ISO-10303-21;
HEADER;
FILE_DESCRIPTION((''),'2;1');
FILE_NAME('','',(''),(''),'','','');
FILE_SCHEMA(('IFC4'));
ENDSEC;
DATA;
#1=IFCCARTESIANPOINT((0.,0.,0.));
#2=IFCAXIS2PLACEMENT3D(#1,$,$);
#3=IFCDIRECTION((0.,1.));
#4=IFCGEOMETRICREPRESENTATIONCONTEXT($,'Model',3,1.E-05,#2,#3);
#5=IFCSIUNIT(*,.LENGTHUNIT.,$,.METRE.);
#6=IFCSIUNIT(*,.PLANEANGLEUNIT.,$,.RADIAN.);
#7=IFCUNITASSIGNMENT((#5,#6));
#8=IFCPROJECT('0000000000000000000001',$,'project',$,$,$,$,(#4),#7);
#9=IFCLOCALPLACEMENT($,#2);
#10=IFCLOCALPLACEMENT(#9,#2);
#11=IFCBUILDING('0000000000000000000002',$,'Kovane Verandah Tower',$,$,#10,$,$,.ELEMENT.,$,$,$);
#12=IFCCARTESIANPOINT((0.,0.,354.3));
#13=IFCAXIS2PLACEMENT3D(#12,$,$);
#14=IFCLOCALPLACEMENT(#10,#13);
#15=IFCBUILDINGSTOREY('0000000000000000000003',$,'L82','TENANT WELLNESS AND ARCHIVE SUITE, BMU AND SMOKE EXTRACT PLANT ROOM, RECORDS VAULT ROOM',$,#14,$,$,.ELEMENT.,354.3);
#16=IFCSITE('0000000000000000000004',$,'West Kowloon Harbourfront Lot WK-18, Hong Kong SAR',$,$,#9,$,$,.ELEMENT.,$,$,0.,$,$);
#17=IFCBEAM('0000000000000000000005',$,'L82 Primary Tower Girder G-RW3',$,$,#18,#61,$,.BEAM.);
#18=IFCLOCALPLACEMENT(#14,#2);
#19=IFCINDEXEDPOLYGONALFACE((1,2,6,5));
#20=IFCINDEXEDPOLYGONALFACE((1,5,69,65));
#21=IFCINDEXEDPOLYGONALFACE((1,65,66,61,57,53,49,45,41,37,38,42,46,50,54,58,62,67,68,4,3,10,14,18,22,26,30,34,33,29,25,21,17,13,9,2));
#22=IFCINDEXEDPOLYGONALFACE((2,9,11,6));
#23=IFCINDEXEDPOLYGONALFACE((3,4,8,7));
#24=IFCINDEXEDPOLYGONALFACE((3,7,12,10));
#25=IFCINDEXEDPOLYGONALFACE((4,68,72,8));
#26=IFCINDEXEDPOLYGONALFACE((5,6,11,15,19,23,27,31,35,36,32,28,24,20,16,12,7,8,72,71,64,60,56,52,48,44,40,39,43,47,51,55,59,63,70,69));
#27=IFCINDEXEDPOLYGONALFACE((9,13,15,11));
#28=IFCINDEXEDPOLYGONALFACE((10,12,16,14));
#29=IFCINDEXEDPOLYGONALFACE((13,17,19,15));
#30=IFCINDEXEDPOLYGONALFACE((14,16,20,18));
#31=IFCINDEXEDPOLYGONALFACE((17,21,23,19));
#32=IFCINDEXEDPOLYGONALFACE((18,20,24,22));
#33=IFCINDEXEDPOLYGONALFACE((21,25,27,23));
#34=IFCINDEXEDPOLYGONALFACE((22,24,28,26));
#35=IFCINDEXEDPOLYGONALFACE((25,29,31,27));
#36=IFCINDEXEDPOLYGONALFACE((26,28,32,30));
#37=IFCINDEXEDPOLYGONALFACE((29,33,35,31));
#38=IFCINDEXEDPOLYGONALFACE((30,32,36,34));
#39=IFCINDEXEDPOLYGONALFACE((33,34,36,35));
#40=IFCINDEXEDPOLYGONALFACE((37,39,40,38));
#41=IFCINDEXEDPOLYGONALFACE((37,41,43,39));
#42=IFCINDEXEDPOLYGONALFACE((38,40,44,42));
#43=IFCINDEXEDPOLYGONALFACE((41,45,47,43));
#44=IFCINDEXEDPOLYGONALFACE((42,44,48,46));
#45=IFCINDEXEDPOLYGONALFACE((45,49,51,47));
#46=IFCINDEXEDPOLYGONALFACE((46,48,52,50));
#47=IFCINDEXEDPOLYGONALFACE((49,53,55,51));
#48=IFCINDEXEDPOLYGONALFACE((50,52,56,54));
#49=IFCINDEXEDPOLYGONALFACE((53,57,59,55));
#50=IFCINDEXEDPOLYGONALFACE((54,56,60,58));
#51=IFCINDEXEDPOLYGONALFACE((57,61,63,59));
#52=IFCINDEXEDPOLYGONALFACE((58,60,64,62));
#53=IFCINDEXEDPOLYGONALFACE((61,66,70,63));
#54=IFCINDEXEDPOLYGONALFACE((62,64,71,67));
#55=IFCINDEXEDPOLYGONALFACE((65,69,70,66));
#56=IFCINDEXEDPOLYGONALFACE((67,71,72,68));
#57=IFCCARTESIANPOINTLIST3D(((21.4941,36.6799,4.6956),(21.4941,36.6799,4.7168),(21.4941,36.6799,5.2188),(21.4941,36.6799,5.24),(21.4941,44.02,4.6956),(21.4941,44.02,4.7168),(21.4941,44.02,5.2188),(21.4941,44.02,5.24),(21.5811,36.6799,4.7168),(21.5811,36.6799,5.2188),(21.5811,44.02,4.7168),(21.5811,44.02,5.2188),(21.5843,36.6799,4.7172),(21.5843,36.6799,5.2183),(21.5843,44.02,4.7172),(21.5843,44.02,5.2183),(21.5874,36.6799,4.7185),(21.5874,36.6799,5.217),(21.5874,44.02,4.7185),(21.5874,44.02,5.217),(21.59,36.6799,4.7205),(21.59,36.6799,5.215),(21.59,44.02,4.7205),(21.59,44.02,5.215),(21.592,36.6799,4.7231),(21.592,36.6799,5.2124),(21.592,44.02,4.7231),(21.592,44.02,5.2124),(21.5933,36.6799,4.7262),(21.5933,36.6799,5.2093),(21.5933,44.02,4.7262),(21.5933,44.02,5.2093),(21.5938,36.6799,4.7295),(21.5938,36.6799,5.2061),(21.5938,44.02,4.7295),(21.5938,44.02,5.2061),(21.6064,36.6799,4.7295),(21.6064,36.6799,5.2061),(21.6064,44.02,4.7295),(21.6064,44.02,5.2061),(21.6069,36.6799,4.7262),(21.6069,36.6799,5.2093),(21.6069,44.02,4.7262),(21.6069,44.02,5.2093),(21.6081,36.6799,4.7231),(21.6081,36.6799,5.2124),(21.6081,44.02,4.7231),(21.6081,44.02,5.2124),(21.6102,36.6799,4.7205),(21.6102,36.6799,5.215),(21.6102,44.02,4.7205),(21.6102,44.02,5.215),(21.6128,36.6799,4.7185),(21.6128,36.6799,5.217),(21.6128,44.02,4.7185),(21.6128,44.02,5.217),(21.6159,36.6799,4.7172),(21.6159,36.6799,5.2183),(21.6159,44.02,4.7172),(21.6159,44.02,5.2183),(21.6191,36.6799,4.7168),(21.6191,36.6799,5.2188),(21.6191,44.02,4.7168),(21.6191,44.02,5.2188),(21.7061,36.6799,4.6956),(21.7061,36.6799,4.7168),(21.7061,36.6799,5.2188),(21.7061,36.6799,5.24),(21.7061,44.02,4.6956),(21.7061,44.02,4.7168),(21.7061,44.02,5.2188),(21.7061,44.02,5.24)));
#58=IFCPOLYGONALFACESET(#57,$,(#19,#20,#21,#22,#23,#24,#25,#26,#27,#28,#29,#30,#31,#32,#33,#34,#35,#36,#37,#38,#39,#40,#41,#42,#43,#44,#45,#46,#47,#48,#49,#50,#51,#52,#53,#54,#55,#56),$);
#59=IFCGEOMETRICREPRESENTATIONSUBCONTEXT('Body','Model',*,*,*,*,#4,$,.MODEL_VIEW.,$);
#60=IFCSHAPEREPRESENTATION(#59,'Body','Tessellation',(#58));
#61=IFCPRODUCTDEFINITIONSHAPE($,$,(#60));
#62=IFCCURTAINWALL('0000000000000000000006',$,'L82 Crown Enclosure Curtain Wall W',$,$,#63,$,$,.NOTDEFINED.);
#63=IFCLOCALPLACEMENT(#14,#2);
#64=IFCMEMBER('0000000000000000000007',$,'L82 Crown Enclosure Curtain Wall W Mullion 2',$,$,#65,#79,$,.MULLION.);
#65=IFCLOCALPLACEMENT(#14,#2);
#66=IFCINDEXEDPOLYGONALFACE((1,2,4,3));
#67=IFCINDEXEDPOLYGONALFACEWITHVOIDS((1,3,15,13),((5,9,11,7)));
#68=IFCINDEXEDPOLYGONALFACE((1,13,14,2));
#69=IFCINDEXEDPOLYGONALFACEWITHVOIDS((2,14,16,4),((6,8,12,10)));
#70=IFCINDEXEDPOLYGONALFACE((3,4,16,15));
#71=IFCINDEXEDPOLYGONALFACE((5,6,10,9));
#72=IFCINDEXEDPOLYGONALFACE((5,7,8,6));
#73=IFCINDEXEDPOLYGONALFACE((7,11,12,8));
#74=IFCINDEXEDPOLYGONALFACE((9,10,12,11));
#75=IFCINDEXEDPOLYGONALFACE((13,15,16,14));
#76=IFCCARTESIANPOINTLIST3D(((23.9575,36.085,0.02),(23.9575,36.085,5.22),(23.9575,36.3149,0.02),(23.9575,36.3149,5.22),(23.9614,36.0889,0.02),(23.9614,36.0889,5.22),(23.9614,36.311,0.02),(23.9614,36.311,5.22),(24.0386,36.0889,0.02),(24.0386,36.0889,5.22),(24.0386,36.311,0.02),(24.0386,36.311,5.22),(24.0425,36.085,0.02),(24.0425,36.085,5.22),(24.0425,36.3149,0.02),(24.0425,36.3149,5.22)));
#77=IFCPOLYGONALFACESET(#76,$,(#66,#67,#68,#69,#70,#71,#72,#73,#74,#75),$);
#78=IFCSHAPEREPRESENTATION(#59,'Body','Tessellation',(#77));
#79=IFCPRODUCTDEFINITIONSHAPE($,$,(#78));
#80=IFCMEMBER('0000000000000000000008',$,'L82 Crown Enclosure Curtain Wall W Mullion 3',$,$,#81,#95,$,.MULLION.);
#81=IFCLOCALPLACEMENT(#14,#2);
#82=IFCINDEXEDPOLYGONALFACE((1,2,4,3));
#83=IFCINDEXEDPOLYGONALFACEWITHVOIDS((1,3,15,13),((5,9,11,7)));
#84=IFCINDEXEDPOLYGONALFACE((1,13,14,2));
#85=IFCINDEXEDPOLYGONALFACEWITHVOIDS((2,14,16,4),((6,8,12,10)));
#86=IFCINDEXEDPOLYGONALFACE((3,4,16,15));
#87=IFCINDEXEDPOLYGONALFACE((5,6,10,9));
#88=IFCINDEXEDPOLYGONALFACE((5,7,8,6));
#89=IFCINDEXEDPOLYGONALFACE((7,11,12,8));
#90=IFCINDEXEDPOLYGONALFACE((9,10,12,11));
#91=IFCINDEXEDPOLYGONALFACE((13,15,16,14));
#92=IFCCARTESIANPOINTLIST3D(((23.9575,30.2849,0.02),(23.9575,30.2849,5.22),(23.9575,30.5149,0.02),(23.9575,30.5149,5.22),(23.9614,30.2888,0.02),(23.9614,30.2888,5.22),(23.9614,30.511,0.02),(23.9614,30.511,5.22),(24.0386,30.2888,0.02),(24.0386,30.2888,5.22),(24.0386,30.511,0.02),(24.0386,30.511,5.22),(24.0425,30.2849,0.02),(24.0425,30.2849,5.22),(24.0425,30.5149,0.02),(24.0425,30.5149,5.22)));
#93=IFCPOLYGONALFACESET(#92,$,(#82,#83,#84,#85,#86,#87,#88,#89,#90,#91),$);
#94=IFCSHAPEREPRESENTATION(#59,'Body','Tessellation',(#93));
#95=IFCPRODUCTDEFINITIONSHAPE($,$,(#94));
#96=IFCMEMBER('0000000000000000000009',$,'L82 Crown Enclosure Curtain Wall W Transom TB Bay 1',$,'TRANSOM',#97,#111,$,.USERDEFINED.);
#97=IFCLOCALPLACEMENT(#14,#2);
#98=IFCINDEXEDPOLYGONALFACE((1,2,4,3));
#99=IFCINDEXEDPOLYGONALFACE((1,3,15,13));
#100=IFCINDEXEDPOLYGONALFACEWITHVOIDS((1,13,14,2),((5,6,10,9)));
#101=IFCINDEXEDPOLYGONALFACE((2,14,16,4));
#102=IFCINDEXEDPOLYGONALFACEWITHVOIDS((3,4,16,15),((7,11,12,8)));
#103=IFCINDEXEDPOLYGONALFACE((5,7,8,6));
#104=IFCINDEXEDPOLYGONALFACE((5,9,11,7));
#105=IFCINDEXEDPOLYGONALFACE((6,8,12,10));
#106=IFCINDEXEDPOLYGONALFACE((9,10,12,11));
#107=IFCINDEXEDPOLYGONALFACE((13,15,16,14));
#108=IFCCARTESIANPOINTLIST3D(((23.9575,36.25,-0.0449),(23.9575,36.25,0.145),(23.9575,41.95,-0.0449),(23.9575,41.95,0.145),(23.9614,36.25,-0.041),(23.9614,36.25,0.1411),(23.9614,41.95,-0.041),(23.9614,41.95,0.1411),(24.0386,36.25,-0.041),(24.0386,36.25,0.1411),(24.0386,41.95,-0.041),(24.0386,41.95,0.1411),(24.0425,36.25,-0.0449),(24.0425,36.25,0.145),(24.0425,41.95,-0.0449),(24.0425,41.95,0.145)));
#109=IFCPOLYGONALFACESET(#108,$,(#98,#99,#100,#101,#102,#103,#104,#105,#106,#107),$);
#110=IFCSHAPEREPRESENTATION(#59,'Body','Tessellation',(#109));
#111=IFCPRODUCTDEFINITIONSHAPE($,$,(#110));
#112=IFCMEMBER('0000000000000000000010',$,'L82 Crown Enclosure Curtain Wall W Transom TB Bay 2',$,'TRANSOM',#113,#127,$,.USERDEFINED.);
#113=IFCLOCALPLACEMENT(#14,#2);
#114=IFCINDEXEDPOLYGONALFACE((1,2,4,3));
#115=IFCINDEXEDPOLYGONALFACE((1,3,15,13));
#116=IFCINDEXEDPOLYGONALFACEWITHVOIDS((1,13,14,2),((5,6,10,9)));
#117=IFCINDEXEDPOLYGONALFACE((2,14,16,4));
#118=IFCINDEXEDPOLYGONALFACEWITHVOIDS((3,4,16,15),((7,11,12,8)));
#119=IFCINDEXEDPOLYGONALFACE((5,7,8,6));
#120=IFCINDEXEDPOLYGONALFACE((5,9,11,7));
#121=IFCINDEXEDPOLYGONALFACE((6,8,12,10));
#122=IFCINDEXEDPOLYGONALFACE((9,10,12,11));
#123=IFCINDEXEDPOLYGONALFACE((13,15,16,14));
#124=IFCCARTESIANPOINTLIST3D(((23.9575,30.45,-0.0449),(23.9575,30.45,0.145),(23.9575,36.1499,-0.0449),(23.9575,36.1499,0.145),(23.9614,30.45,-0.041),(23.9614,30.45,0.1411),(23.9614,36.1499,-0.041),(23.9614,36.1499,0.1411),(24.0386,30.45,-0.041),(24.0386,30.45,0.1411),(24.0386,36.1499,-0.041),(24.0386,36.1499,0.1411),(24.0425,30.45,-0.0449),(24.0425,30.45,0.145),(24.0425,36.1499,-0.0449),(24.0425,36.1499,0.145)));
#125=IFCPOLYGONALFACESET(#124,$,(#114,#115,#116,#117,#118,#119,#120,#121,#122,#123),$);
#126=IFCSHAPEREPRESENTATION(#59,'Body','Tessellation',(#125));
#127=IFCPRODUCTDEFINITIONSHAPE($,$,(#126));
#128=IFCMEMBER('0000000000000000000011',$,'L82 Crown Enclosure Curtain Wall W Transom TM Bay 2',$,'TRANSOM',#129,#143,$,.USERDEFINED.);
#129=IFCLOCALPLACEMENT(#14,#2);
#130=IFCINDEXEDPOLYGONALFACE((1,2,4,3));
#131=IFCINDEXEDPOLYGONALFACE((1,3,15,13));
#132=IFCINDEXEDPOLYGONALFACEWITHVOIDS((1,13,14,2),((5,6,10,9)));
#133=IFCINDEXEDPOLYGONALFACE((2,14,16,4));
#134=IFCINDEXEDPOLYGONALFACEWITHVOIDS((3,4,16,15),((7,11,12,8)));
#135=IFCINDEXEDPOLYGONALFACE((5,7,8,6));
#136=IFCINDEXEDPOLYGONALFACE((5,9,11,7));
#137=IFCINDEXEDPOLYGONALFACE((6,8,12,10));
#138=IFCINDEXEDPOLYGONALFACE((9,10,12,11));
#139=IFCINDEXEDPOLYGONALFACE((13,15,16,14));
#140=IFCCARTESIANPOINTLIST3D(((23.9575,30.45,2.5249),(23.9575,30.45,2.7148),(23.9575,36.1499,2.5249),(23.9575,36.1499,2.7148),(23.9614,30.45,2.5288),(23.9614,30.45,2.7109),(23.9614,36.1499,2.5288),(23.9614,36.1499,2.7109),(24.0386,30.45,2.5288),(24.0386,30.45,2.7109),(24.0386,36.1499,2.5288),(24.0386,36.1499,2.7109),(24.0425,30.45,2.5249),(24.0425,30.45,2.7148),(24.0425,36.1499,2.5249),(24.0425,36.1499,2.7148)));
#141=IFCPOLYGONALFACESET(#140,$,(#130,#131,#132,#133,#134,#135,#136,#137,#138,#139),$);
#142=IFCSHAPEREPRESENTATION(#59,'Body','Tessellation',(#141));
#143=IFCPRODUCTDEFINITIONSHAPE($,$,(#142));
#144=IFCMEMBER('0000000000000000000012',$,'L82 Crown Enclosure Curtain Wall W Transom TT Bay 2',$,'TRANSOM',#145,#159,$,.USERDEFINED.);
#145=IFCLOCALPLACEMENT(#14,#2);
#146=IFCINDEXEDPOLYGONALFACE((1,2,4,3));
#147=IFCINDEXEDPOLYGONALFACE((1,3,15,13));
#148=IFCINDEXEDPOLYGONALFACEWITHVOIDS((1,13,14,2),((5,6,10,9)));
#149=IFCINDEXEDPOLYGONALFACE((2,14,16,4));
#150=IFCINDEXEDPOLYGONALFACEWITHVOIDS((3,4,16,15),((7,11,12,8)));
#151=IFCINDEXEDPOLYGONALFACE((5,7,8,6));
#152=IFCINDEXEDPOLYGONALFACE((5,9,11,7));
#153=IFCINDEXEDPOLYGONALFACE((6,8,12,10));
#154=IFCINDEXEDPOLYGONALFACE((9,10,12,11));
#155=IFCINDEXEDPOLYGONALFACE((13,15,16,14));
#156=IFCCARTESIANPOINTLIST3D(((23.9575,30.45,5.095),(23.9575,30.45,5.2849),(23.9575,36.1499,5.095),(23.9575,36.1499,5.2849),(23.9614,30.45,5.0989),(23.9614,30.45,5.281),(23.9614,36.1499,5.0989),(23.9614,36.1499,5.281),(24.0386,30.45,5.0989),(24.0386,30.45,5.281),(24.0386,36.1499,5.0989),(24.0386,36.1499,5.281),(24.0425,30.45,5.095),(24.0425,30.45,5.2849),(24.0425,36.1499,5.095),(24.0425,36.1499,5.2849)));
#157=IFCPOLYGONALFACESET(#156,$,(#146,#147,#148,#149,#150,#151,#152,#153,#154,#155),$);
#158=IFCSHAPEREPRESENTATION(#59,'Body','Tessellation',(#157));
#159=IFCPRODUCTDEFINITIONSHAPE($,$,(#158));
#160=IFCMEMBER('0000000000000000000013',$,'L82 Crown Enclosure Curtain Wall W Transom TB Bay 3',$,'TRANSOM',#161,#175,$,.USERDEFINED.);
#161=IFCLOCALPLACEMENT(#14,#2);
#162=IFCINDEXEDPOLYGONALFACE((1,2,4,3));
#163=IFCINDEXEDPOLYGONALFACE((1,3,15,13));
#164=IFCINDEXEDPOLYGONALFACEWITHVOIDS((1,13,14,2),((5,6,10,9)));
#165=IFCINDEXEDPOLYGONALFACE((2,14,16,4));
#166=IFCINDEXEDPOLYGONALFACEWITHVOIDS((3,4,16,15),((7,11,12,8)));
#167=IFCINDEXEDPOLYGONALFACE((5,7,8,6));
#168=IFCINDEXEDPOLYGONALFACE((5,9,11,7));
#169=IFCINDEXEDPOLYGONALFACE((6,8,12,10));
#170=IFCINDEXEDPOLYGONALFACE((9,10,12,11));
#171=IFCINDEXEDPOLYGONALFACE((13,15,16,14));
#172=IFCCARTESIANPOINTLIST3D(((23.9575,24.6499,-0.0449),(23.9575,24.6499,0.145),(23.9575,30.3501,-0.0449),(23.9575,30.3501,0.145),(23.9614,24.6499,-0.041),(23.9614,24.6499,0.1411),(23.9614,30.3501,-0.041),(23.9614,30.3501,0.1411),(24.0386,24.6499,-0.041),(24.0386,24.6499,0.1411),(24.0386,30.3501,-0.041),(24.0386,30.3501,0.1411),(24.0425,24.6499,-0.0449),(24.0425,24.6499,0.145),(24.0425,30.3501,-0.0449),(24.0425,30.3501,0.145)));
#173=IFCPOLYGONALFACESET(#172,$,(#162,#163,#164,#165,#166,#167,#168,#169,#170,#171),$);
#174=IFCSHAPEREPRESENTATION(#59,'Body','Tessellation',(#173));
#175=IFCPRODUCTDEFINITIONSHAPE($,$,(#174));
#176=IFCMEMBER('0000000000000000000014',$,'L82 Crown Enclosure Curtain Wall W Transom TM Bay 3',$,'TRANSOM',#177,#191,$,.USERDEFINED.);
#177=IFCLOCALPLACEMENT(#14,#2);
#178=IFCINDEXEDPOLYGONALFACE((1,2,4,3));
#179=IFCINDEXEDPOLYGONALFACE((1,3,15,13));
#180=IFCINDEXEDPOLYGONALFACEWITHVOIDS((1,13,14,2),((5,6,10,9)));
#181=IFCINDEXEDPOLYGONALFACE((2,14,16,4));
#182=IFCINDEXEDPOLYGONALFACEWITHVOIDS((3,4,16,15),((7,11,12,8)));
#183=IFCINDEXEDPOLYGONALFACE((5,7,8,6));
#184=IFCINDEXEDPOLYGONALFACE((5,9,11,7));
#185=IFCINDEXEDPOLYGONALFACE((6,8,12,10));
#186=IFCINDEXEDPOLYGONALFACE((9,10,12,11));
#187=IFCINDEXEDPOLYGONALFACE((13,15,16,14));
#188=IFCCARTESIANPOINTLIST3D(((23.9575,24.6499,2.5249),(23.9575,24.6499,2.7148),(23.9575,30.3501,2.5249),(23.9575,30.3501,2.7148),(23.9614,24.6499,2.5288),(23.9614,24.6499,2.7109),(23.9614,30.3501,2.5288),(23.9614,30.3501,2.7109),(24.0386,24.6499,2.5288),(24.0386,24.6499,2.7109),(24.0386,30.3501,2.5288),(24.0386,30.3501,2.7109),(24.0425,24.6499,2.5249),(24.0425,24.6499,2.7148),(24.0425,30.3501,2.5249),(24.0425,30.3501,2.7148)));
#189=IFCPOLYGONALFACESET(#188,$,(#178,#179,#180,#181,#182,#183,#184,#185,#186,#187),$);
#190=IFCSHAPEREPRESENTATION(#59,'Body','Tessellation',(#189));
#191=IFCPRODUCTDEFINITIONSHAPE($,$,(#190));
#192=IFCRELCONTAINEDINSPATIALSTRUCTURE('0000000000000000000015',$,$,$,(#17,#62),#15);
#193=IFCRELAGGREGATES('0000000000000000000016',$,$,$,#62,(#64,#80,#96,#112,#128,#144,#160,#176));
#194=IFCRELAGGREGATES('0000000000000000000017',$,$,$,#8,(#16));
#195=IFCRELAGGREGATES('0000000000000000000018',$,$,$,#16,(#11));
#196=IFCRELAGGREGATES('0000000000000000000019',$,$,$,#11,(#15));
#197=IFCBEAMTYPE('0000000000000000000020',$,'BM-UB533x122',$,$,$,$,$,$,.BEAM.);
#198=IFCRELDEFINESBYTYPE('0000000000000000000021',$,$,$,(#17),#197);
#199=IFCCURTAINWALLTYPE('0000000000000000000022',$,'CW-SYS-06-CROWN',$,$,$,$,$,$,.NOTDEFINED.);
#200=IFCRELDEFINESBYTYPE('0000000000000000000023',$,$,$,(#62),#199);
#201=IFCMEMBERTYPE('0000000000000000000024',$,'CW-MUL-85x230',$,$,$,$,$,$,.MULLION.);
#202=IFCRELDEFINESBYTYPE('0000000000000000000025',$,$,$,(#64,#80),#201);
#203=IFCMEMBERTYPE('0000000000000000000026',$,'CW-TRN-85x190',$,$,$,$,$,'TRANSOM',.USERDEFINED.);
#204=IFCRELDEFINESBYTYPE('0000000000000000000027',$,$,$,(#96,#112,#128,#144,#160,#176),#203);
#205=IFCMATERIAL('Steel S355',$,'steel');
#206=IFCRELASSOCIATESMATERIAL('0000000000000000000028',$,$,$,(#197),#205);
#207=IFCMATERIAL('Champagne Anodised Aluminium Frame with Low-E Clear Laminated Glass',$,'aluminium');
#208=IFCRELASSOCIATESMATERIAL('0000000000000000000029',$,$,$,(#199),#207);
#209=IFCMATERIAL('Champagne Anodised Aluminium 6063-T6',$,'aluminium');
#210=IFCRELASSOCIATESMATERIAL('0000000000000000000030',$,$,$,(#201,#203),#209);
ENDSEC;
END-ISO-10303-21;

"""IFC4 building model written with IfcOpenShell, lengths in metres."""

from ifc_helpers import new_model, si_unit, direction, frame, origin, origin_2d, place, context, subcontext, project, spatial, hollow_rectangle, i_section, extrude, material, material_profile, profile_set, type_object, element, aggregate, save


model = new_model("IFC4")

# Units and contexts
model_context = context("Model", 3, precision=1e-05, world=origin(), true_north=direction((0.0, 1.0)))
body_context = subcontext(model_context, "Body", "Model", "MODEL_VIEW")
ifc_project = project(units=[si_unit("LENGTHUNIT", "METRE"), si_unit("PLANEANGLEUNIT", "RADIAN")], contexts=[model_context])

# Site, building, storey
site_placement = place(None, origin())
site = spatial("IfcSite", under=ifc_project, at=site_placement, Name="West Kowloon Harbourfront Lot WK-18, Hong Kong SAR", CompositionType="ELEMENT", RefElevation=0.0)
building_placement = place(site_placement, origin())
building = spatial("IfcBuilding", under=site, at=building_placement, Name="Kovane Verandah Tower", CompositionType="ELEMENT")
storey_placement = place(building_placement, frame((0.0, 0.0, 354.3)))
storey = spatial("IfcBuildingStorey", under=building, at=storey_placement, Name="L82", Description="TENANT WELLNESS AND ARCHIVE SUITE, BMU AND SMOKE EXTRACT PLANT ROOM, RECORDS VAULT ROOM", CompositionType="ELEMENT", Elevation=354.3)

# Shared definitions
ifc_material_1 = material(Name="Steel S355", Category="steel")

# Beam
ifc_material_profile_1 = material_profile(ifc_material_1, i_section(OverallWidth=0.2119, OverallDepth=0.5444, WebThickness=0.0127, FlangeThickness=0.0212, FilletRadius=0.0127, at=origin_2d()), Name="UB533x210x122")
ifc_profile_set_1 = profile_set([ifc_material_profile_1], Name="Steel S355")
beam_type = type_object("IfcBeamType", Name="BM-UB533x122", PredefinedType="BEAM", material=ifc_profile_set_1)
beam_1_placement = place(storey_placement, frame((21.6001, 36.6799, 4.9678), z_axis=(0.0, 1.0, 0.0), x_axis=(-1.0, 0.0, 0.0)))
element("IfcBeam", 1, at=beam_1_placement, inside=storey, type_object=beam_type, Name="L82 Primary Tower Girder G-RW3", PredefinedType="BEAM", context=body_context, shape_type="SweptSolid", body=[
    extrude(i_section(OverallWidth=0.2119, OverallDepth=0.5444, WebThickness=0.0127, FlangeThickness=0.0212, FilletRadius=0.0127, at=origin_2d()), origin(), (0.0, 0.0, 1.0), 7.3401),
])

# Curtain wall, members
ifc_material_2 = material(Name="Champagne Anodised Aluminium Frame with Low-E Clear Laminated Glass", Category="aluminium")
curtain_wall_type = type_object("IfcCurtainWallType", Name="CW-SYS-06-CROWN", PredefinedType="NOTDEFINED", material=ifc_material_2)
curtain_wall_placement = place(storey_placement, origin())
curtain_wall = element("IfcCurtainWall", 2, at=curtain_wall_placement, inside=storey, type_object=curtain_wall_type, Name="L82 Crown Enclosure Curtain Wall W", PredefinedType="NOTDEFINED")
ifc_material_3 = material(Name="Champagne Anodised Aluminium 6063-T6", Category="aluminium")
ifc_material_profile_2 = material_profile(ifc_material_3, hollow_rectangle(XDim=0.085, YDim=0.23, WallThickness=0.0039, at=origin_2d()), Name="AL85x230x4")
ifc_profile_set_2 = profile_set([ifc_material_profile_2], Name="Champagne Anodised Aluminium 6063-T6")
member_type_1 = type_object("IfcMemberType", Name="CW-MUL-85x230", PredefinedType="MULLION", material=ifc_profile_set_2)
member_1_placement = place(storey_placement, frame((24.0, 36.2, 0.02), z_axis=(0.0, 0.0, 1.0), x_axis=(-1.0, 0.0, 0.0)))
member_1 = element("IfcMember", 3, at=member_1_placement, type_object=member_type_1, Name="L82 Crown Enclosure Curtain Wall W Mullion 2", PredefinedType="MULLION", context=body_context, shape_type="SweptSolid", body=[
    extrude(hollow_rectangle(XDim=0.085, YDim=0.23, WallThickness=0.0039, at=origin_2d()), origin(), (0.0, 0.0, 1.0), 5.2),
])
member_2_placement = place(storey_placement, frame((24.0, 30.3999, 0.02), z_axis=(0.0, 0.0, 1.0), x_axis=(-1.0, 0.0, 0.0)))
member_2 = element("IfcMember", 4, at=member_2_placement, type_object=member_type_1, Name="L82 Crown Enclosure Curtain Wall W Mullion 3", PredefinedType="MULLION", context=body_context, shape_type="SweptSolid", body=[
    extrude(hollow_rectangle(XDim=0.085, YDim=0.23, WallThickness=0.0039, at=origin_2d()), origin(), (0.0, 0.0, 1.0), 5.2),
])
ifc_material_profile_3 = material_profile(ifc_material_3, hollow_rectangle(XDim=0.085, YDim=0.1899, WallThickness=0.0039, at=origin_2d()), Name="AL85x190x4")
ifc_profile_set_3 = profile_set([ifc_material_profile_3], Name="Champagne Anodised Aluminium 6063-T6")
member_type_2 = type_object("IfcMemberType", Name="CW-TRN-85x190", ElementType="TRANSOM", PredefinedType="USERDEFINED", material=ifc_profile_set_3)
member_3_placement = place(storey_placement, frame((24.0, 41.95, 0.05), z_axis=(0.0, -1.0, 0.0), x_axis=(1.0, 0.0, 0.0)))
member_3 = element("IfcMember", 5, at=member_3_placement, type_object=member_type_2, Name="L82 Crown Enclosure Curtain Wall W Transom TB Bay 1", ObjectType="TRANSOM", PredefinedType="USERDEFINED", context=body_context, shape_type="SweptSolid", body=[
    extrude(hollow_rectangle(XDim=0.085, YDim=0.1899, WallThickness=0.0039, at=origin_2d()), origin(), (0.0, 0.0, 1.0), 5.7),
])
member_4_placement = place(storey_placement, frame((24.0, 36.1499, 0.05), z_axis=(0.0, -1.0, 0.0), x_axis=(1.0, 0.0, 0.0)))
member_4 = element("IfcMember", 6, at=member_4_placement, type_object=member_type_2, Name="L82 Crown Enclosure Curtain Wall W Transom TB Bay 2", ObjectType="TRANSOM", PredefinedType="USERDEFINED", context=body_context, shape_type="SweptSolid", body=[
    extrude(hollow_rectangle(XDim=0.085, YDim=0.1899, WallThickness=0.0039, at=origin_2d()), origin(), (0.0, 0.0, 1.0), 5.7),
])
member_5_placement = place(storey_placement, frame((24.0, 36.1499, 2.6199), z_axis=(0.0, -1.0, 0.0), x_axis=(1.0, 0.0, 0.0)))
member_5 = element("IfcMember", 7, at=member_5_placement, type_object=member_type_2, Name="L82 Crown Enclosure Curtain Wall W Transom TM Bay 2", ObjectType="TRANSOM", PredefinedType="USERDEFINED", context=body_context, shape_type="SweptSolid", body=[
    extrude(hollow_rectangle(XDim=0.085, YDim=0.1899, WallThickness=0.0039, at=origin_2d()), origin(), (0.0, 0.0, 1.0), 5.7),
])
member_6_placement = place(storey_placement, frame((24.0, 36.1499, 5.1899), z_axis=(0.0, -1.0, 0.0), x_axis=(1.0, 0.0, 0.0)))
member_6 = element("IfcMember", 8, at=member_6_placement, type_object=member_type_2, Name="L82 Crown Enclosure Curtain Wall W Transom TT Bay 2", ObjectType="TRANSOM", PredefinedType="USERDEFINED", context=body_context, shape_type="SweptSolid", body=[
    extrude(hollow_rectangle(XDim=0.085, YDim=0.1899, WallThickness=0.0039, at=origin_2d()), origin(), (0.0, 0.0, 1.0), 5.7),
])
member_7_placement = place(storey_placement, frame((24.0, 30.3501, 0.05), z_axis=(0.0, -1.0, 0.0), x_axis=(1.0, 0.0, 0.0)))
member_7 = element("IfcMember", 9, at=member_7_placement, type_object=member_type_2, Name="L82 Crown Enclosure Curtain Wall W Transom TB Bay 3", ObjectType="TRANSOM", PredefinedType="USERDEFINED", context=body_context, shape_type="SweptSolid", body=[
    extrude(hollow_rectangle(XDim=0.085, YDim=0.1899, WallThickness=0.0039, at=origin_2d()), origin(), (0.0, 0.0, 1.0), 5.7002),
])
member_8_placement = place(storey_placement, frame((24.0, 30.3501, 2.6199), z_axis=(0.0, -1.0, 0.0), x_axis=(1.0, 0.0, 0.0)))
member_8 = element("IfcMember", 10, at=member_8_placement, type_object=member_type_2, Name="L82 Crown Enclosure Curtain Wall W Transom TM Bay 3", ObjectType="TRANSOM", PredefinedType="USERDEFINED", context=body_context, shape_type="SweptSolid", body=[
    extrude(hollow_rectangle(XDim=0.085, YDim=0.1899, WallThickness=0.0039, at=origin_2d()), origin(), (0.0, 0.0, 1.0), 5.7002),
])

aggregate(curtain_wall, [member_1, member_2, member_3, member_4, member_5, member_6, member_7, member_8])

save(model, "model.ifc")
